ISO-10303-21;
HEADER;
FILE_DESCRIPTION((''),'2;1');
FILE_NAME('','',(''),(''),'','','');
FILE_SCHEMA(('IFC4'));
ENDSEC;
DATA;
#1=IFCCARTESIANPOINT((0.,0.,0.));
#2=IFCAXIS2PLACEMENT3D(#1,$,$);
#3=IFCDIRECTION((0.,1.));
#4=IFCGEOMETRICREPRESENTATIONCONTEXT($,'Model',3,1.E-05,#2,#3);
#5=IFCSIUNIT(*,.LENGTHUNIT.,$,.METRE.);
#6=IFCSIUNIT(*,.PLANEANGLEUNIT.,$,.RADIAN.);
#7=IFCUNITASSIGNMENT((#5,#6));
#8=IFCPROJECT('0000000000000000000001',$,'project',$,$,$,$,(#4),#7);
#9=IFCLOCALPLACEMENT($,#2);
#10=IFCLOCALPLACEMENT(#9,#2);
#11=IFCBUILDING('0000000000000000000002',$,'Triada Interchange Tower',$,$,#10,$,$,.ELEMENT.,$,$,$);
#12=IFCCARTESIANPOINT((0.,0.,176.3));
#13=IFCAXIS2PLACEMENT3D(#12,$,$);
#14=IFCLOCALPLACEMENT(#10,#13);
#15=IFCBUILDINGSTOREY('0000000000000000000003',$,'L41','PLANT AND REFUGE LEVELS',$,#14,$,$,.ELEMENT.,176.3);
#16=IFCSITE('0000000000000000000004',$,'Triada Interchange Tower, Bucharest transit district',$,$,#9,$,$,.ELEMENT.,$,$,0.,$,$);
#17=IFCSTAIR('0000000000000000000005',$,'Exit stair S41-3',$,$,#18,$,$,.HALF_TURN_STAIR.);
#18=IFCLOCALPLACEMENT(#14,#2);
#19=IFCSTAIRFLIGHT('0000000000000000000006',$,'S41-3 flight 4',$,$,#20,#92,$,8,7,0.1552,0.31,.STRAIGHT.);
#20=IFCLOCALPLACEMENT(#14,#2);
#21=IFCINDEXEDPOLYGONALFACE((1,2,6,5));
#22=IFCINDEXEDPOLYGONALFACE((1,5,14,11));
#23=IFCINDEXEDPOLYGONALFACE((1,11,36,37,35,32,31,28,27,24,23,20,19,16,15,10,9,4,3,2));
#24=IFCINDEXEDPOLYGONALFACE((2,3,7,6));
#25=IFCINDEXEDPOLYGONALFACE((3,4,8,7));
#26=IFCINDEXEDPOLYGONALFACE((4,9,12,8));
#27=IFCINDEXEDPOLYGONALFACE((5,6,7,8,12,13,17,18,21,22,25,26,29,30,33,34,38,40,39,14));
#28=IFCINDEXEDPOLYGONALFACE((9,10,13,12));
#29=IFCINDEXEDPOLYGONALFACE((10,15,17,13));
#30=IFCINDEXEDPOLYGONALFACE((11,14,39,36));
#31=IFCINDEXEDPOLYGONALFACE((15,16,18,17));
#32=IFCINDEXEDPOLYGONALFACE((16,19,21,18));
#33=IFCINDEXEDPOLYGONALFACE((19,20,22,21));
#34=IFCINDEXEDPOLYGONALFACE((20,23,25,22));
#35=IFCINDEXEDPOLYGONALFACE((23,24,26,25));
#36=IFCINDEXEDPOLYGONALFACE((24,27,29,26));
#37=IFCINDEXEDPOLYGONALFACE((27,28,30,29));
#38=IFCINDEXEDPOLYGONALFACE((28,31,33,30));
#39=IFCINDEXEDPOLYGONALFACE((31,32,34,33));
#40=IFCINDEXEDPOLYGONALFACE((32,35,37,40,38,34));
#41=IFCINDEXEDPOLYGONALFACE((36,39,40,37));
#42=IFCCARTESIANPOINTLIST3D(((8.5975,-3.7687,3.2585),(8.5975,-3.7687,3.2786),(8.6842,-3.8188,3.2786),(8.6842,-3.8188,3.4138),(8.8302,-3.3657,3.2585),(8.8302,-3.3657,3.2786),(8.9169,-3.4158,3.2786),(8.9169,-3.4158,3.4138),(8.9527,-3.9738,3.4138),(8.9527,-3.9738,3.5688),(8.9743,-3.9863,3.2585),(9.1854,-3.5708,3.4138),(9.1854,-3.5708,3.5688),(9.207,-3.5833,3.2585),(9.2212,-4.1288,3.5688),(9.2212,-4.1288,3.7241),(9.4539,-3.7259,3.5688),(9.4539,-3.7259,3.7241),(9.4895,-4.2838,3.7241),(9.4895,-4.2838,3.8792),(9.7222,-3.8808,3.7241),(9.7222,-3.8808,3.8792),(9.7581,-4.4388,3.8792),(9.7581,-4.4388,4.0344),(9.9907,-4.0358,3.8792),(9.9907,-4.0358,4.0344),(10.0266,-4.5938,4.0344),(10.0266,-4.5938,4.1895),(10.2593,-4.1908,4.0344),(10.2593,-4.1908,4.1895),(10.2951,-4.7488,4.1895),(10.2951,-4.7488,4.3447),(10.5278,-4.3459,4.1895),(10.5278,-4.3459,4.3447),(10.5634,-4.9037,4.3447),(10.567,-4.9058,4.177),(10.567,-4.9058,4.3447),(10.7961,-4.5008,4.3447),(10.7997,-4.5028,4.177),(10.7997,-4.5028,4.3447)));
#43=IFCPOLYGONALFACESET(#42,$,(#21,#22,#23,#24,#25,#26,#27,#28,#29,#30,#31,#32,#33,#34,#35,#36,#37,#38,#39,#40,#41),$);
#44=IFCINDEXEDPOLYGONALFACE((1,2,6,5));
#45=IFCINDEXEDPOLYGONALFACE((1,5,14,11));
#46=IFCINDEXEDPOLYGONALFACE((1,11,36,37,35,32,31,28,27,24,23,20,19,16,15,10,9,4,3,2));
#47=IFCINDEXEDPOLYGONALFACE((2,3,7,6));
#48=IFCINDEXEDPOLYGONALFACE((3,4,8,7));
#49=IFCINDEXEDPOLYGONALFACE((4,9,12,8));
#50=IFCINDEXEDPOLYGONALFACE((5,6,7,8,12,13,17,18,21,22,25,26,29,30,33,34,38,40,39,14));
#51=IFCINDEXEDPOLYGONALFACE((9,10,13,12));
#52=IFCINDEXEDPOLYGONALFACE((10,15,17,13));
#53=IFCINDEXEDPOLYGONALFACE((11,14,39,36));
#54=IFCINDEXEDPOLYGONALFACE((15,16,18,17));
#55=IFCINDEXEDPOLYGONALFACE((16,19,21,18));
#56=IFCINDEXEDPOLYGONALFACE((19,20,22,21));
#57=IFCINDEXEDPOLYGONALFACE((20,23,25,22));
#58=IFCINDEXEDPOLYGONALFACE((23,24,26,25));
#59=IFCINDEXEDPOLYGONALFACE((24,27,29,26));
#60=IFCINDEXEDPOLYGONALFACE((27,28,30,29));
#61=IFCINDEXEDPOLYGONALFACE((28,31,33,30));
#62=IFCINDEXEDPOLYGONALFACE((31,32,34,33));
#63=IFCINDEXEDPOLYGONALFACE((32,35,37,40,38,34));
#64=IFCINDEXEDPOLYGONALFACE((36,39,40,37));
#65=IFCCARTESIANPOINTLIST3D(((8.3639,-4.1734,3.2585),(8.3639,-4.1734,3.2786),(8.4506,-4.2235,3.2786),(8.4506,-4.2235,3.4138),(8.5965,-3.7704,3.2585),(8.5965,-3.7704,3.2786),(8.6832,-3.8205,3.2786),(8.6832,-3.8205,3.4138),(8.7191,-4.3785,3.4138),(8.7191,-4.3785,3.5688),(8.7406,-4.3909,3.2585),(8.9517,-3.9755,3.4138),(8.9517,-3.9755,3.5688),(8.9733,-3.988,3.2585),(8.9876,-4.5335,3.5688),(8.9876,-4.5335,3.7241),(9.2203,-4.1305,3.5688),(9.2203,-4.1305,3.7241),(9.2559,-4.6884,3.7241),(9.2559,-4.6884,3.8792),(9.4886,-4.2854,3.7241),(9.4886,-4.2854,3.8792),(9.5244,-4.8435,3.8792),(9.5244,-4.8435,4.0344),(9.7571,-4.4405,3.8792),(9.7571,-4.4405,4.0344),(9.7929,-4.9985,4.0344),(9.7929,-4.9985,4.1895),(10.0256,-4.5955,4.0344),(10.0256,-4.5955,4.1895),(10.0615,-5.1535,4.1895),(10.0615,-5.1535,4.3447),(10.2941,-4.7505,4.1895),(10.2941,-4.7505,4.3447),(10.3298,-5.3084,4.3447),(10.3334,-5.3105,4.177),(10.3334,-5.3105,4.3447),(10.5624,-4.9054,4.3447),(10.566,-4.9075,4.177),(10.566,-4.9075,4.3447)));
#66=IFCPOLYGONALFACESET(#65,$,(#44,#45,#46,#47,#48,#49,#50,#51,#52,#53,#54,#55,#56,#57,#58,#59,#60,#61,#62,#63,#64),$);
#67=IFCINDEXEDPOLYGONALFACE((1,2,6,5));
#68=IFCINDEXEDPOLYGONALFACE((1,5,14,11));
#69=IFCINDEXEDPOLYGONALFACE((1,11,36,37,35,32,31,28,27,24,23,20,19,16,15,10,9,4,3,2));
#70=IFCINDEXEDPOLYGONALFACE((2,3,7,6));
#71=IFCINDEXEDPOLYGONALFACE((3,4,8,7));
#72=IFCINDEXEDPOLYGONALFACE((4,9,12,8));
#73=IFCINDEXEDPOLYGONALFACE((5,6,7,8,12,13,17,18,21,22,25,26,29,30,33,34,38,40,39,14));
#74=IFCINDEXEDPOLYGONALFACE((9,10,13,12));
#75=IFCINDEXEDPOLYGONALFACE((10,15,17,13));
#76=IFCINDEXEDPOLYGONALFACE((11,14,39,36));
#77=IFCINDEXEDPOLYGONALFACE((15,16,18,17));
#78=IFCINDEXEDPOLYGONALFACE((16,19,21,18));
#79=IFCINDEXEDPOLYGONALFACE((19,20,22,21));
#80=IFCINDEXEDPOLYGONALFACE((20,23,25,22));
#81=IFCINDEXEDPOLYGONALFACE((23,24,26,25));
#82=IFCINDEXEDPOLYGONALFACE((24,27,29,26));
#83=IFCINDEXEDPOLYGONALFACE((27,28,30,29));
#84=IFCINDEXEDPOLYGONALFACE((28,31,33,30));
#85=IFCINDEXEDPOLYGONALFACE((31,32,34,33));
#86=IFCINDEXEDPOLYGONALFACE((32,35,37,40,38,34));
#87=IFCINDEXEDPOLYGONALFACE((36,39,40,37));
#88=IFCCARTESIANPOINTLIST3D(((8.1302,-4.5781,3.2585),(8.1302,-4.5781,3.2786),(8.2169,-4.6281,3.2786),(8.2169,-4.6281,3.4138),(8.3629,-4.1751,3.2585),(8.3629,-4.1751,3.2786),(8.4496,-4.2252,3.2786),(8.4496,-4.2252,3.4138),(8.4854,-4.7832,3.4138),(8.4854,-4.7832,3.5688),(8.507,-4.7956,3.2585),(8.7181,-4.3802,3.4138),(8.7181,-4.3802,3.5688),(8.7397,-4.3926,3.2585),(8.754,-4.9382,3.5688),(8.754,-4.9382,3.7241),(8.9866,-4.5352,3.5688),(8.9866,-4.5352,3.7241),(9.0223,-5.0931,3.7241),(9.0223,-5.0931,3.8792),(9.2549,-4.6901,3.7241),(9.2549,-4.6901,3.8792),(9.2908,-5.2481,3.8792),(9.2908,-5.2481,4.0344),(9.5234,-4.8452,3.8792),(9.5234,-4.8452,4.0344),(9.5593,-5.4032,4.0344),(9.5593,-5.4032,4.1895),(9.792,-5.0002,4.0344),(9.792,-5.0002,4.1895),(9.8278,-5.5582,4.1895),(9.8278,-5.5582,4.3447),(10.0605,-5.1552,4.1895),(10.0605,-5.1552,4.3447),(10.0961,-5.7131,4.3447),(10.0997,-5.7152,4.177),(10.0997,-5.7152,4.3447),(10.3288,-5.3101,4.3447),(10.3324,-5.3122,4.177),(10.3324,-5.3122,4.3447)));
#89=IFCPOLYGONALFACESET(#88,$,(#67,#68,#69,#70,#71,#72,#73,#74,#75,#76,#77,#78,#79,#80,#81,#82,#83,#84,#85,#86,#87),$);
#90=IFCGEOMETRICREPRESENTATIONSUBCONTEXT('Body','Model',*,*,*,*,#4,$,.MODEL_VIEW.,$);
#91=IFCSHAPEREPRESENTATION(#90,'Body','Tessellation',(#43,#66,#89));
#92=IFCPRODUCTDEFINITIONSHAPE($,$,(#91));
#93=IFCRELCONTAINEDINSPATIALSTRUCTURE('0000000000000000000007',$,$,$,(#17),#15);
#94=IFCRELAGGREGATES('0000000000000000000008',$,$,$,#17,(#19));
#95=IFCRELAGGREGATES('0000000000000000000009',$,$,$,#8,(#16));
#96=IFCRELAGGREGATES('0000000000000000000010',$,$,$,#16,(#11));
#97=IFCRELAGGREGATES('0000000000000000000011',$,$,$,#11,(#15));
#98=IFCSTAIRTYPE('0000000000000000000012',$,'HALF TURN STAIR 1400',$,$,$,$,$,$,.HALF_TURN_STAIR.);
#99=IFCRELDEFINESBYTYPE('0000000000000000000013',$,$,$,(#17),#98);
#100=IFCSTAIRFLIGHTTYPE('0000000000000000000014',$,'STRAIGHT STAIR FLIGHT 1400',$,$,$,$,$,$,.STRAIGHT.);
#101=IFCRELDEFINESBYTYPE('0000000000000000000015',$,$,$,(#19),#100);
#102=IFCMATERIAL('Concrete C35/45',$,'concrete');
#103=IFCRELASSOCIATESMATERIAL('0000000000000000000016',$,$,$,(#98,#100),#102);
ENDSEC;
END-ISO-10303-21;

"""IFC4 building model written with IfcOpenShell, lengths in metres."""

from ifc_helpers import new_model, si_unit, direction, frame, origin, place, context, subcontext, project, spatial, polyline, outline, extrude, material, type_object, element, aggregate, save


model = new_model("IFC4")

# Units and contexts
model_context = context("Model", 3, precision=1e-05, world=origin(), true_north=direction((0.0, 1.0)))
body_context = subcontext(model_context, "Body", "Model", "MODEL_VIEW")
ifc_project = project(units=[si_unit("LENGTHUNIT", "METRE"), si_unit("PLANEANGLEUNIT", "RADIAN")], contexts=[model_context])

# Site, building, storey
site_placement = place(None, origin())
site = spatial("IfcSite", under=ifc_project, at=site_placement, Name="Triada Interchange Tower, Bucharest transit district", CompositionType="ELEMENT", RefElevation=0.0)
building_placement = place(site_placement, origin())
building = spatial("IfcBuilding", under=site, at=building_placement, Name="Triada Interchange Tower", CompositionType="ELEMENT")
storey_placement = place(building_placement, frame((0.0, 0.0, 176.3)))
storey = spatial("IfcBuildingStorey", under=building, at=storey_placement, Name="L41", Description="PLANT AND REFUGE LEVELS", CompositionType="ELEMENT", Elevation=176.3)

# Shared definitions
ifc_material_1 = material(Name="Concrete C35/45", Category="concrete")

# Stair, stair flight
stair_type = type_object("IfcStairType", Name="HALF TURN STAIR 1400", PredefinedType="HALF_TURN_STAIR", material=ifc_material_1)
stair_placement = place(storey_placement, origin())
stair = element("IfcStair", 1, at=stair_placement, inside=storey, type_object=stair_type, Name="Exit stair S41-3", PredefinedType="HALF_TURN_STAIR")
stair_flight_type = type_object("IfcStairFlightType", Name="STRAIGHT STAIR FLIGHT 1400", PredefinedType="STRAIGHT", material=ifc_material_1)
stair_flight_1_placement = place(storey_placement, frame((8.5669, -4.022, 3.2585), z_axis=(0.0, 0.0, 1.0), x_axis=(0.866025, -0.5, 0.0)))
stair_flight_1 = element("IfcStairFlight", 2, at=stair_flight_1_placement, type_object=stair_flight_type, Name="S41-3 flight 4", NumberOfRisers=8, NumberOfTreads=7, PredefinedType="STRAIGHT", RiserHeight=0.1552, TreadLength=0.31, context=body_context, shape_type="SweptSolid", body=[
    extrude(outline(polyline([(-0.1001, 0.0), (-0.1001, 0.02), (0.0, 0.02), (0.0, 0.1553), (0.3101, 0.1553), (0.3101, 0.3103), (0.6201, 0.3103), (0.6201, 0.4656), (0.9299, 0.4656), (0.9299, 0.6206), (1.24, 0.6206), (1.24, 0.7759), (1.55, 0.7759), (1.55, 0.9309), (1.8601, 0.9309), (1.8601, 1.0862), (2.1699, 1.0862), (2.1741, 1.0862), (2.1741, 1.2415), (2.1741, 0.9185), (0.335, 0.0), (-0.1001, 0.0)])), frame((0.0, 0.7, 0.0), z_axis=(0.0, -1.0, 0.0), x_axis=(1.0, 0.0, 0.0)), (0.0, 0.0, 1.0), 0.4653),
    extrude(outline(polyline([(-0.1001, 0.0), (-0.1001, 0.02), (0.0, 0.02), (0.0, 0.1553), (0.3101, 0.1553), (0.3101, 0.3103), (0.6201, 0.3103), (0.6201, 0.4656), (0.9299, 0.4656), (0.9299, 0.6206), (1.24, 0.6206), (1.24, 0.7759), (1.55, 0.7759), (1.55, 0.9309), (1.8601, 0.9309), (1.8601, 1.0862), (2.1699, 1.0862), (2.1741, 1.0862), (2.1741, 1.2415), (2.1741, 0.9185), (0.335, 0.0), (-0.1001, 0.0)])), frame((0.0, 0.2327, 0.0), z_axis=(0.0, -1.0, 0.0), x_axis=(1.0, 0.0, 0.0)), (0.0, 0.0, 1.0), 0.4653),
    extrude(outline(polyline([(-0.1001, 0.0), (-0.1001, 0.02), (0.0, 0.02), (0.0, 0.1553), (0.3101, 0.1553), (0.3101, 0.3103), (0.6201, 0.3103), (0.6201, 0.4656), (0.9299, 0.4656), (0.9299, 0.6206), (1.24, 0.6206), (1.24, 0.7759), (1.55, 0.7759), (1.55, 0.9309), (1.8601, 0.9309), (1.8601, 1.0862), (2.1699, 1.0862), (2.1741, 1.0862), (2.1741, 1.2415), (2.1741, 0.9185), (0.335, 0.0), (-0.1001, 0.0)])), frame((0.0, -0.2346, 0.0), z_axis=(0.0, -1.0, 0.0), x_axis=(1.0, 0.0, 0.0)), (0.0, 0.0, 1.0), 0.4653),
])
aggregate(stair, [stair_flight_1])

save(model, "model.ifc")
